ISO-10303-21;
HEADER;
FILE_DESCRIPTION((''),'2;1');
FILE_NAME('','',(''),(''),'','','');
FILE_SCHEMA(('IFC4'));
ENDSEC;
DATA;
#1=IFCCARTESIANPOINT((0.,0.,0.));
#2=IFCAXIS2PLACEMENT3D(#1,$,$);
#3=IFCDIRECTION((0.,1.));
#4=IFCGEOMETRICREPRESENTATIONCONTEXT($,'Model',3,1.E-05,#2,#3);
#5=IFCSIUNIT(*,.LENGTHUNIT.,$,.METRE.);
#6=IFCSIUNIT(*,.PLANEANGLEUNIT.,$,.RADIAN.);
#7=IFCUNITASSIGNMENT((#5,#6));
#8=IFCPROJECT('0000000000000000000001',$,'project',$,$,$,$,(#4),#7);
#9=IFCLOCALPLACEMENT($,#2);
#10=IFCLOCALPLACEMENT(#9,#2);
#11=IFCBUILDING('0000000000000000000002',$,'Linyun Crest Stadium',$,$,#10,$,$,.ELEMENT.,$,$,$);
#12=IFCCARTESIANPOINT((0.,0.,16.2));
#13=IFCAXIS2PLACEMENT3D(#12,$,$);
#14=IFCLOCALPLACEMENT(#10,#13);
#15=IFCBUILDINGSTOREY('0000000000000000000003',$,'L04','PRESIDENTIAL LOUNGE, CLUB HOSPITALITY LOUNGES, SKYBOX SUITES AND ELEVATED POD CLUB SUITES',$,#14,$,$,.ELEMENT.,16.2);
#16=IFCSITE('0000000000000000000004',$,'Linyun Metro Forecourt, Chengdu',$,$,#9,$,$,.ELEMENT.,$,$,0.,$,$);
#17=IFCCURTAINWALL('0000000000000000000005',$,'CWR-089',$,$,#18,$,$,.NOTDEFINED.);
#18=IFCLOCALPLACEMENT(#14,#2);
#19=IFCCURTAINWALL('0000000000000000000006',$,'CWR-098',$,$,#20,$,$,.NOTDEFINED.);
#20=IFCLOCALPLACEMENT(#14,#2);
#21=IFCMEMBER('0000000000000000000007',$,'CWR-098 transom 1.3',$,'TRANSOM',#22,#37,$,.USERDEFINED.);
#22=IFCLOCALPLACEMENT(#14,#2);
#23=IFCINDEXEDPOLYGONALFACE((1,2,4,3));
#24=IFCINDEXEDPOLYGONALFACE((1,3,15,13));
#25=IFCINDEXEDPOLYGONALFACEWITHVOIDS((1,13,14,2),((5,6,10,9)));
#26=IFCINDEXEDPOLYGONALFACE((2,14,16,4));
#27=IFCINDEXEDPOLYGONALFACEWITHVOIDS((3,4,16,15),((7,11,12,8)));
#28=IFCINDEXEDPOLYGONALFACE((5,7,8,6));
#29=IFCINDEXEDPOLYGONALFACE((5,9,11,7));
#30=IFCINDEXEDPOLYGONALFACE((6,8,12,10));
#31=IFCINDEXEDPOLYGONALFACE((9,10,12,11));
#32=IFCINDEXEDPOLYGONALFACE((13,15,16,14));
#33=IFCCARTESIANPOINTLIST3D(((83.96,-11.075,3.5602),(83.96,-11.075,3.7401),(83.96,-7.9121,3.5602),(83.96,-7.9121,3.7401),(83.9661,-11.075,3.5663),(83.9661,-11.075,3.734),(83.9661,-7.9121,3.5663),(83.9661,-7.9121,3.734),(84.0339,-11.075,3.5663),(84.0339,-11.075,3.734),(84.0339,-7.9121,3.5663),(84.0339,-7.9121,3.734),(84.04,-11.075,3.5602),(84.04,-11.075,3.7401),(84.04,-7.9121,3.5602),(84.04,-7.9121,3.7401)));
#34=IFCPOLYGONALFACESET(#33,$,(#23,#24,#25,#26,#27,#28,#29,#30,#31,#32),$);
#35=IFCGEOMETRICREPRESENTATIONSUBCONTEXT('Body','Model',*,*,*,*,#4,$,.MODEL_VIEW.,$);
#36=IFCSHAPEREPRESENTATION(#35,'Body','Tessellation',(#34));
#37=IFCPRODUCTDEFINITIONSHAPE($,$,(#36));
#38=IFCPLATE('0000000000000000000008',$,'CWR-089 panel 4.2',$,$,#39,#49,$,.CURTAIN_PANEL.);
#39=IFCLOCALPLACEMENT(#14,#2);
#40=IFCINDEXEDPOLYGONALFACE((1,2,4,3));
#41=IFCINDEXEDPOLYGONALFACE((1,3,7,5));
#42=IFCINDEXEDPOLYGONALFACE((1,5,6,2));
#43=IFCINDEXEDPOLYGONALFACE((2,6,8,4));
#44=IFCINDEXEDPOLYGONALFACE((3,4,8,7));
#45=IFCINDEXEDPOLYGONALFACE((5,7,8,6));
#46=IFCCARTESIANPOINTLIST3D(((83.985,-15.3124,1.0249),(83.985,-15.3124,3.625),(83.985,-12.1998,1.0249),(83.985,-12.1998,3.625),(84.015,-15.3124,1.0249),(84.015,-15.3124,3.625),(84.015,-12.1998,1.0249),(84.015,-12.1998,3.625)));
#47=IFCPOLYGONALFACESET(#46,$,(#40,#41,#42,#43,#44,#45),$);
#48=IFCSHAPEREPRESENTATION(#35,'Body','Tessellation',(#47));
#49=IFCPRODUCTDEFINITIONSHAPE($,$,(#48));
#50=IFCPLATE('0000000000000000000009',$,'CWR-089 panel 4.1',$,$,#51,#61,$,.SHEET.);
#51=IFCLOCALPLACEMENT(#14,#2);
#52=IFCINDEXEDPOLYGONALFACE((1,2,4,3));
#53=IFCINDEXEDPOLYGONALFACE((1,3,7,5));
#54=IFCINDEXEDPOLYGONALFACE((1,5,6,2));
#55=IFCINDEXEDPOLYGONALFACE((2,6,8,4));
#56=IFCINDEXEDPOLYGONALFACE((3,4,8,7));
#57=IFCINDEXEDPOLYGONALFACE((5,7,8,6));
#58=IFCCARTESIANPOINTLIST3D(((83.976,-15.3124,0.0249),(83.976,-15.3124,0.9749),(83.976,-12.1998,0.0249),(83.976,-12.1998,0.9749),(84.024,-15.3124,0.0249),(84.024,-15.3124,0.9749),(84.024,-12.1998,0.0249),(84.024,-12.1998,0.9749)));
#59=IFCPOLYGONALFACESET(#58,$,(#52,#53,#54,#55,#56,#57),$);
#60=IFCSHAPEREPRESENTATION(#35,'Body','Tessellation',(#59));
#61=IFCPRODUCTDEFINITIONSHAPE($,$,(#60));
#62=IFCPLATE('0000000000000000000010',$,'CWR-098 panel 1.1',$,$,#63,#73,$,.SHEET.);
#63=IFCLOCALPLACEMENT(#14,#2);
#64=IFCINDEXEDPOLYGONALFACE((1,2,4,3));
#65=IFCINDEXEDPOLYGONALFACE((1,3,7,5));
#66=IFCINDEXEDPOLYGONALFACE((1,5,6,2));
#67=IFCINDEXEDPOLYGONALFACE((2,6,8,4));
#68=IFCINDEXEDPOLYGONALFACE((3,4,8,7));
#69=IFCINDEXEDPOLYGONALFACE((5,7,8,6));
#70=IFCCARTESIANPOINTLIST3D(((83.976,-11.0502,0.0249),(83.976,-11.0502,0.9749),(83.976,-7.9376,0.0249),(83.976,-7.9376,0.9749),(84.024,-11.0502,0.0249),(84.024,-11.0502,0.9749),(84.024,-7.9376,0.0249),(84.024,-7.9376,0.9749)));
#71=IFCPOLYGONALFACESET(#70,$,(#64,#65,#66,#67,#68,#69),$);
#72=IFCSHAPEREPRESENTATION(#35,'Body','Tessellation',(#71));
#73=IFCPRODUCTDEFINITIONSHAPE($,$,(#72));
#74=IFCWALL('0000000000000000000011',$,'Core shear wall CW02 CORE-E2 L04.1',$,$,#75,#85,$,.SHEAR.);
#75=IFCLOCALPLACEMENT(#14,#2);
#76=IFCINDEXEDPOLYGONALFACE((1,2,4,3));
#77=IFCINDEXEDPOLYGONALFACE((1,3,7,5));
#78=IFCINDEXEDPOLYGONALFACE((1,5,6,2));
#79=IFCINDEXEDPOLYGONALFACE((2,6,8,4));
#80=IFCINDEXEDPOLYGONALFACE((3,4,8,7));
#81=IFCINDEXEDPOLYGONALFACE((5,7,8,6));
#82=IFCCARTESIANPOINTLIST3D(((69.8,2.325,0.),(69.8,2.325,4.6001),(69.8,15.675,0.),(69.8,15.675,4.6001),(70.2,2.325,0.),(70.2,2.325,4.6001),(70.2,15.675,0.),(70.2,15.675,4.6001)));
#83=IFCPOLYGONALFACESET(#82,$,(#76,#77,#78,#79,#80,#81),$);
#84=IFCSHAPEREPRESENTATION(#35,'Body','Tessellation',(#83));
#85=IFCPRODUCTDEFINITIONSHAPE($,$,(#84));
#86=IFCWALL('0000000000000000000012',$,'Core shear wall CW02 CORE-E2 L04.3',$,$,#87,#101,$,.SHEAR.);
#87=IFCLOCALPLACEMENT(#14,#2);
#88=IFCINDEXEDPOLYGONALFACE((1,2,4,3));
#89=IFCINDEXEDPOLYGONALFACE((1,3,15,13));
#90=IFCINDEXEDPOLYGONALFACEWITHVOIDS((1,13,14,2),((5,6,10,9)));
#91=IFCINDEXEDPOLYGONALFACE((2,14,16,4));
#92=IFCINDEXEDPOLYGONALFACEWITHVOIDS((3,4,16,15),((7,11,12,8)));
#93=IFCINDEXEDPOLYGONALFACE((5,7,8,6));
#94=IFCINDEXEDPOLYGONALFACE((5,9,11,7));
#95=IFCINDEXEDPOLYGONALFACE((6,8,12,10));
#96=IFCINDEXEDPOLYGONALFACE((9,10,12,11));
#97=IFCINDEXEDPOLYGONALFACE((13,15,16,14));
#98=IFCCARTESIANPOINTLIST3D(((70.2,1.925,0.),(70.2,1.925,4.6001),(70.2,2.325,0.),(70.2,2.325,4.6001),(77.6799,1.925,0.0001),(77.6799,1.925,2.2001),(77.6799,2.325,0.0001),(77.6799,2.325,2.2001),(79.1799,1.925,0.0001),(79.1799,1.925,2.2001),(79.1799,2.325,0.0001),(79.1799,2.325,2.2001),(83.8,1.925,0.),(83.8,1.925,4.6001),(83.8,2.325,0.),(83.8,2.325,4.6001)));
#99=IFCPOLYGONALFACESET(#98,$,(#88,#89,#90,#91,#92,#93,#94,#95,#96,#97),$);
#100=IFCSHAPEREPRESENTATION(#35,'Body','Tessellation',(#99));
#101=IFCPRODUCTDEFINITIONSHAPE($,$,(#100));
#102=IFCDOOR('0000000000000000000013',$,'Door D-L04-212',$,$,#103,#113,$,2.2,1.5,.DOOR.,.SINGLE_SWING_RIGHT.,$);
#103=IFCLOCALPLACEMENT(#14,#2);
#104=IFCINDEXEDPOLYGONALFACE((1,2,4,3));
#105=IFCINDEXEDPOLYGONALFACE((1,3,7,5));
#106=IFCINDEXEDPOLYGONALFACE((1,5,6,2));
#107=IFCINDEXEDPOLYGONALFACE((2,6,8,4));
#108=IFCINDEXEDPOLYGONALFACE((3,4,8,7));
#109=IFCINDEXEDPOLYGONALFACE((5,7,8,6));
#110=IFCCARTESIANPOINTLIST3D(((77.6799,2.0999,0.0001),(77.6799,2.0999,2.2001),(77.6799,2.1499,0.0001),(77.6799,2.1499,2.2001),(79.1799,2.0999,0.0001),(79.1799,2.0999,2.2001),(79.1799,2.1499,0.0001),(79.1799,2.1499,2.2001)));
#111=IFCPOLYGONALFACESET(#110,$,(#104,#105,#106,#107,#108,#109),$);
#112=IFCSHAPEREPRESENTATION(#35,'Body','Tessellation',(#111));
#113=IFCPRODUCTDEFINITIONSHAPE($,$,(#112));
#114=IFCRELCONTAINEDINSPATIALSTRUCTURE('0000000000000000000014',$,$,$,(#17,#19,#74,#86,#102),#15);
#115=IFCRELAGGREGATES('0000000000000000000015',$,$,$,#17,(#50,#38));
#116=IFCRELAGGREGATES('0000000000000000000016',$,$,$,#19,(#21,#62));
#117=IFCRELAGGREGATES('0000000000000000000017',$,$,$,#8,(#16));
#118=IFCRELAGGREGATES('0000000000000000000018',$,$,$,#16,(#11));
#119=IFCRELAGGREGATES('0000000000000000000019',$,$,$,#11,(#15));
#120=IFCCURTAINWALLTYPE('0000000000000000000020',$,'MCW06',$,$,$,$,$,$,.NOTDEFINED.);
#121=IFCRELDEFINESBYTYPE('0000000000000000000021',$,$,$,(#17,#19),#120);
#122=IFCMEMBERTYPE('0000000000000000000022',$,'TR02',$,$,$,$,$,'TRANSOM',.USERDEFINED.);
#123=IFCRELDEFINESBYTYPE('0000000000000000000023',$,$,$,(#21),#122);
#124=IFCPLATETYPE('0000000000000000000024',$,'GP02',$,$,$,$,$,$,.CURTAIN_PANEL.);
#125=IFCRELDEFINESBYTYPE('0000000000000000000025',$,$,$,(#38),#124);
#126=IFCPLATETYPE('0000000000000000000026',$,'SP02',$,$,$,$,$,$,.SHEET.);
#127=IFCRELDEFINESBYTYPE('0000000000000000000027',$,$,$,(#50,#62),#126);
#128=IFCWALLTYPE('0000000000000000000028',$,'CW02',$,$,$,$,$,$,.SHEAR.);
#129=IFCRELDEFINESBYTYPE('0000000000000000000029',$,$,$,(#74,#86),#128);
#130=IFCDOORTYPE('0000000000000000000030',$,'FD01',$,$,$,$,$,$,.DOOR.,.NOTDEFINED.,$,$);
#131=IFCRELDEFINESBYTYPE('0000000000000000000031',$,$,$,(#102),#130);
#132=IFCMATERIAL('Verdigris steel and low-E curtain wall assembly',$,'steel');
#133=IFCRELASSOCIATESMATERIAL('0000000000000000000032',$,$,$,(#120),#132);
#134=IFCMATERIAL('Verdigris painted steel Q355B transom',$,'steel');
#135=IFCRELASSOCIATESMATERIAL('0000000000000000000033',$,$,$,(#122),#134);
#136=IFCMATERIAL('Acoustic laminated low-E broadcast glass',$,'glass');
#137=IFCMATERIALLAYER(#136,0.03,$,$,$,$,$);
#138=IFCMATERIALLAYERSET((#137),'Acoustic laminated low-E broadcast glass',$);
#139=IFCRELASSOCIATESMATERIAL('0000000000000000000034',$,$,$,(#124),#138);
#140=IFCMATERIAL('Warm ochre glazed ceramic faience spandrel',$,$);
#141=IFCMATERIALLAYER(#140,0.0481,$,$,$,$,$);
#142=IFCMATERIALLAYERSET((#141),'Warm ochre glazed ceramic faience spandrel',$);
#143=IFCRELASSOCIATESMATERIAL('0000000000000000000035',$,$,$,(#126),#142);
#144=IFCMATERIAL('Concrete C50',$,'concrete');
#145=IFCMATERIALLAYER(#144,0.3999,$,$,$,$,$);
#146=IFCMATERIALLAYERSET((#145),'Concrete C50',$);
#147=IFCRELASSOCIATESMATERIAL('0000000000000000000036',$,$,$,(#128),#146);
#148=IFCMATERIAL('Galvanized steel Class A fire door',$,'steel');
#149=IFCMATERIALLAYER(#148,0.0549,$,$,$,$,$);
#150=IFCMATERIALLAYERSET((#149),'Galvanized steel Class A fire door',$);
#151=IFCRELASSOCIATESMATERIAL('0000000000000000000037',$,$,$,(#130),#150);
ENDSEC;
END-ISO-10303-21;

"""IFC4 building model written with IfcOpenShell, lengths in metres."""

from ifc_helpers import new_model, si_unit, direction, frame, frame_2d, origin, origin_2d, place, context, subcontext, project, spatial, rectangle, hollow_rectangle, extrude, material, layer, layer_set, material_profile, profile_set, type_object, element, fill, aggregate, save


model = new_model("IFC4")

# Units and contexts
model_context = context("Model", 3, precision=1e-05, world=origin(), true_north=direction((0.0, 1.0)))
body_context = subcontext(model_context, "Body", "Model", "MODEL_VIEW")
ifc_project = project(units=[si_unit("LENGTHUNIT", "METRE"), si_unit("PLANEANGLEUNIT", "RADIAN")], contexts=[model_context])

# Site, building, storey
site_placement = place(None, origin())
site = spatial("IfcSite", under=ifc_project, at=site_placement, Name="Linyun Metro Forecourt, Chengdu", CompositionType="ELEMENT", RefElevation=0.0)
building_placement = place(site_placement, origin())
building = spatial("IfcBuilding", under=site, at=building_placement, Name="Linyun Crest Stadium", CompositionType="ELEMENT")
storey_placement = place(building_placement, frame((0.0, 0.0, 16.2)))
storey = spatial("IfcBuildingStorey", under=building, at=storey_placement, Name="L04", Description="PRESIDENTIAL LOUNGE, CLUB HOSPITALITY LOUNGES, SKYBOX SUITES AND ELEVATED POD CLUB SUITES", CompositionType="ELEMENT", Elevation=16.2)

# Curtain wall
ifc_material_1 = material(Name="Verdigris steel and low-E curtain wall assembly", Category="steel")
curtain_wall_type = type_object("IfcCurtainWallType", Name="MCW06", PredefinedType="NOTDEFINED", material=ifc_material_1)
curtain_wall_1_placement = place(storey_placement, origin())
curtain_wall_1 = element("IfcCurtainWall", 1, at=curtain_wall_1_placement, inside=storey, type_object=curtain_wall_type, Name="CWR-089", PredefinedType="NOTDEFINED")

# Curtain wall
curtain_wall_2_placement = place(storey_placement, origin())
curtain_wall_2 = element("IfcCurtainWall", 2, at=curtain_wall_2_placement, inside=storey, type_object=curtain_wall_type, Name="CWR-098", PredefinedType="NOTDEFINED")

# Member
ifc_material_2 = material(Name="Verdigris painted steel Q355B transom", Category="steel")
ifc_material_profile_1 = material_profile(ifc_material_2, hollow_rectangle(XDim=0.0801, YDim=0.1799, WallThickness=0.0061, at=origin_2d()), Name="RHS 180x80x6")
ifc_profile_set_1 = profile_set([ifc_material_profile_1], Name="Verdigris painted steel Q355B transom")
member_type_1 = type_object("IfcMemberType", Name="TR02", ElementType="TRANSOM", PredefinedType="USERDEFINED", material=ifc_profile_set_1)
member_1_placement = place(storey_placement, frame((84.0, -11.075, 3.6501), z_axis=(0.0, 1.0, 0.0), x_axis=(-1.0, 0.0, 0.0)))
member_1 = element("IfcMember", 3, at=member_1_placement, type_object=member_type_1, Name="CWR-098 transom 1.3", ObjectType="TRANSOM", PredefinedType="USERDEFINED", context=body_context, shape_type="SweptSolid", body=[
    extrude(hollow_rectangle(XDim=0.0801, YDim=0.1799, WallThickness=0.0061, at=origin_2d()), origin(), (0.0, 0.0, 1.0), 3.1628),
])

# Plates
ifc_material_3 = material(Name="Acoustic laminated low-E broadcast glass", Category="glass")
ifc_layer_1 = layer(ifc_material_3, 0.03)
ifc_layer_set_1 = layer_set([ifc_layer_1], Name="Acoustic laminated low-E broadcast glass")
plate_type_1 = type_object("IfcPlateType", Name="GP02", PredefinedType="CURTAIN_PANEL", material=ifc_layer_set_1)
plate_1_placement = place(storey_placement, frame((84.0, -13.7561, 1.0249), z_axis=(0.0, 0.0, 1.0), x_axis=(0.0, 1.0, 0.0)))
plate_1 = element("IfcPlate", 4, at=plate_1_placement, type_object=plate_type_1, Name="CWR-089 panel 4.2", PredefinedType="CURTAIN_PANEL", context=body_context, shape_type="SweptSolid", body=[
    extrude(rectangle(XDim=3.1125, YDim=0.03, at=origin_2d()), origin(), (0.0, 0.0, 1.0), 2.6001),
])
ifc_material_4 = material(Name="Warm ochre glazed ceramic faience spandrel")
ifc_layer_2 = layer(ifc_material_4, 0.0481)
ifc_layer_set_2 = layer_set([ifc_layer_2], Name="Warm ochre glazed ceramic faience spandrel")
plate_type_2 = type_object("IfcPlateType", Name="SP02", PredefinedType="SHEET", material=ifc_layer_set_2)
plate_2_placement = place(storey_placement, frame((84.0, -13.7561, 0.0249), z_axis=(0.0, 0.0, 1.0), x_axis=(0.0, 1.0, 0.0)))
plate_2 = element("IfcPlate", 5, at=plate_2_placement, type_object=plate_type_2, Name="CWR-089 panel 4.1", PredefinedType="SHEET", context=body_context, shape_type="SweptSolid", body=[
    extrude(rectangle(XDim=3.1125, YDim=0.0481, at=origin_2d()), origin(), (0.0, 0.0, 1.0), 0.95),
])
aggregate(curtain_wall_1, [plate_2, plate_1])
plate_3_placement = place(storey_placement, frame((84.0, -9.4939, 0.0249), z_axis=(0.0, 0.0, 1.0), x_axis=(0.0, 1.0, 0.0)))
plate_3 = element("IfcPlate", 6, at=plate_3_placement, type_object=plate_type_2, Name="CWR-098 panel 1.1", PredefinedType="SHEET", context=body_context, shape_type="SweptSolid", body=[
    extrude(rectangle(XDim=3.1125, YDim=0.0481, at=origin_2d()), origin(), (0.0, 0.0, 1.0), 0.95),
])
aggregate(curtain_wall_2, [member_1, plate_3])

# Wall
ifc_material_5 = material(Name="Concrete C50", Category="concrete")
ifc_layer_3 = layer(ifc_material_5, 0.3999)
ifc_layer_set_3 = layer_set([ifc_layer_3], Name="Concrete C50")
wall_type_1 = type_object("IfcWallType", Name="CW02", PredefinedType="SHEAR", material=ifc_layer_set_3)
wall_1_placement = place(storey_placement, frame((70.0, 2.325, 0.0), z_axis=(0.0, 0.0, 1.0), x_axis=(0.0, 1.0, 0.0)))
element("IfcWall", 7, at=wall_1_placement, inside=storey, type_object=wall_type_1, Name="Core shear wall CW02 CORE-E2 L04.1", PredefinedType="SHEAR", context=body_context, shape_type="SweptSolid", body=[
    extrude(rectangle(XDim=13.3501, YDim=0.3999, at=frame_2d((6.675, 0.0))), origin(), (0.0, 0.0, 1.0), 4.6001),
])

# Wall, opening, door
wall_2_placement = place(storey_placement, frame((70.2, 2.125, 0.0), z_axis=(0.0, 0.0, 1.0), x_axis=(1.0, 0.0, 0.0)))
wall_2 = element("IfcWall", 8, at=wall_2_placement, inside=storey, type_object=wall_type_1, Name="Core shear wall CW02 CORE-E2 L04.3", PredefinedType="SHEAR", context=body_context, shape_type="SweptSolid", body=[
    extrude(rectangle(XDim=13.6001, YDim=0.3999, at=frame_2d((6.8, 0.0))), origin(), (0.0, 0.0, 1.0), 4.6001),
])
opening_1_placement = place(wall_2_placement, frame((7.48, 0.0, 0.0)))
opening_1 = element("IfcOpeningElement", 9, at=opening_1_placement, cuts=wall_2, PredefinedType="OPENING", context=body_context, shape_type="SweptSolid", body=[
    extrude(rectangle(XDim=1.5, YDim=2.2, at=frame_2d((0.75, 1.1001))), frame((0.0, 0.21, 0.0), z_axis=(0.0, -1.0, 0.0), x_axis=(1.0, 0.0, 0.0)), (0.0, 0.0, 1.0), 0.4199),
])
ifc_material_6 = material(Name="Galvanized steel Class A fire door", Category="steel")
ifc_layer_4 = layer(ifc_material_6, 0.0549)
ifc_layer_set_4 = layer_set([ifc_layer_4], Name="Galvanized steel Class A fire door")
door_type_1 = type_object("IfcDoorType", Name="FD01", OperationType="NOTDEFINED", PredefinedType="DOOR", material=ifc_layer_set_4)
door_1_placement = place(opening_1_placement, origin())
door_1 = element("IfcDoor", 10, at=door_1_placement, inside=storey, type_object=door_type_1, Name="Door D-L04-212", OperationType="SINGLE_SWING_RIGHT", OverallHeight=2.2, OverallWidth=1.5, PredefinedType="DOOR", context=body_context, shape_type="SweptSolid", body=[
    extrude(rectangle(XDim=1.5, YDim=2.2, at=frame_2d((0.75, 1.1001))), frame((0.0, 0.0249, 0.0), z_axis=(0.0, -1.0, 0.0), x_axis=(1.0, 0.0, 0.0)), (0.0, 0.0, 1.0), 0.05),
])
fill(opening_1, door_1)

save(model, "model.ifc")
